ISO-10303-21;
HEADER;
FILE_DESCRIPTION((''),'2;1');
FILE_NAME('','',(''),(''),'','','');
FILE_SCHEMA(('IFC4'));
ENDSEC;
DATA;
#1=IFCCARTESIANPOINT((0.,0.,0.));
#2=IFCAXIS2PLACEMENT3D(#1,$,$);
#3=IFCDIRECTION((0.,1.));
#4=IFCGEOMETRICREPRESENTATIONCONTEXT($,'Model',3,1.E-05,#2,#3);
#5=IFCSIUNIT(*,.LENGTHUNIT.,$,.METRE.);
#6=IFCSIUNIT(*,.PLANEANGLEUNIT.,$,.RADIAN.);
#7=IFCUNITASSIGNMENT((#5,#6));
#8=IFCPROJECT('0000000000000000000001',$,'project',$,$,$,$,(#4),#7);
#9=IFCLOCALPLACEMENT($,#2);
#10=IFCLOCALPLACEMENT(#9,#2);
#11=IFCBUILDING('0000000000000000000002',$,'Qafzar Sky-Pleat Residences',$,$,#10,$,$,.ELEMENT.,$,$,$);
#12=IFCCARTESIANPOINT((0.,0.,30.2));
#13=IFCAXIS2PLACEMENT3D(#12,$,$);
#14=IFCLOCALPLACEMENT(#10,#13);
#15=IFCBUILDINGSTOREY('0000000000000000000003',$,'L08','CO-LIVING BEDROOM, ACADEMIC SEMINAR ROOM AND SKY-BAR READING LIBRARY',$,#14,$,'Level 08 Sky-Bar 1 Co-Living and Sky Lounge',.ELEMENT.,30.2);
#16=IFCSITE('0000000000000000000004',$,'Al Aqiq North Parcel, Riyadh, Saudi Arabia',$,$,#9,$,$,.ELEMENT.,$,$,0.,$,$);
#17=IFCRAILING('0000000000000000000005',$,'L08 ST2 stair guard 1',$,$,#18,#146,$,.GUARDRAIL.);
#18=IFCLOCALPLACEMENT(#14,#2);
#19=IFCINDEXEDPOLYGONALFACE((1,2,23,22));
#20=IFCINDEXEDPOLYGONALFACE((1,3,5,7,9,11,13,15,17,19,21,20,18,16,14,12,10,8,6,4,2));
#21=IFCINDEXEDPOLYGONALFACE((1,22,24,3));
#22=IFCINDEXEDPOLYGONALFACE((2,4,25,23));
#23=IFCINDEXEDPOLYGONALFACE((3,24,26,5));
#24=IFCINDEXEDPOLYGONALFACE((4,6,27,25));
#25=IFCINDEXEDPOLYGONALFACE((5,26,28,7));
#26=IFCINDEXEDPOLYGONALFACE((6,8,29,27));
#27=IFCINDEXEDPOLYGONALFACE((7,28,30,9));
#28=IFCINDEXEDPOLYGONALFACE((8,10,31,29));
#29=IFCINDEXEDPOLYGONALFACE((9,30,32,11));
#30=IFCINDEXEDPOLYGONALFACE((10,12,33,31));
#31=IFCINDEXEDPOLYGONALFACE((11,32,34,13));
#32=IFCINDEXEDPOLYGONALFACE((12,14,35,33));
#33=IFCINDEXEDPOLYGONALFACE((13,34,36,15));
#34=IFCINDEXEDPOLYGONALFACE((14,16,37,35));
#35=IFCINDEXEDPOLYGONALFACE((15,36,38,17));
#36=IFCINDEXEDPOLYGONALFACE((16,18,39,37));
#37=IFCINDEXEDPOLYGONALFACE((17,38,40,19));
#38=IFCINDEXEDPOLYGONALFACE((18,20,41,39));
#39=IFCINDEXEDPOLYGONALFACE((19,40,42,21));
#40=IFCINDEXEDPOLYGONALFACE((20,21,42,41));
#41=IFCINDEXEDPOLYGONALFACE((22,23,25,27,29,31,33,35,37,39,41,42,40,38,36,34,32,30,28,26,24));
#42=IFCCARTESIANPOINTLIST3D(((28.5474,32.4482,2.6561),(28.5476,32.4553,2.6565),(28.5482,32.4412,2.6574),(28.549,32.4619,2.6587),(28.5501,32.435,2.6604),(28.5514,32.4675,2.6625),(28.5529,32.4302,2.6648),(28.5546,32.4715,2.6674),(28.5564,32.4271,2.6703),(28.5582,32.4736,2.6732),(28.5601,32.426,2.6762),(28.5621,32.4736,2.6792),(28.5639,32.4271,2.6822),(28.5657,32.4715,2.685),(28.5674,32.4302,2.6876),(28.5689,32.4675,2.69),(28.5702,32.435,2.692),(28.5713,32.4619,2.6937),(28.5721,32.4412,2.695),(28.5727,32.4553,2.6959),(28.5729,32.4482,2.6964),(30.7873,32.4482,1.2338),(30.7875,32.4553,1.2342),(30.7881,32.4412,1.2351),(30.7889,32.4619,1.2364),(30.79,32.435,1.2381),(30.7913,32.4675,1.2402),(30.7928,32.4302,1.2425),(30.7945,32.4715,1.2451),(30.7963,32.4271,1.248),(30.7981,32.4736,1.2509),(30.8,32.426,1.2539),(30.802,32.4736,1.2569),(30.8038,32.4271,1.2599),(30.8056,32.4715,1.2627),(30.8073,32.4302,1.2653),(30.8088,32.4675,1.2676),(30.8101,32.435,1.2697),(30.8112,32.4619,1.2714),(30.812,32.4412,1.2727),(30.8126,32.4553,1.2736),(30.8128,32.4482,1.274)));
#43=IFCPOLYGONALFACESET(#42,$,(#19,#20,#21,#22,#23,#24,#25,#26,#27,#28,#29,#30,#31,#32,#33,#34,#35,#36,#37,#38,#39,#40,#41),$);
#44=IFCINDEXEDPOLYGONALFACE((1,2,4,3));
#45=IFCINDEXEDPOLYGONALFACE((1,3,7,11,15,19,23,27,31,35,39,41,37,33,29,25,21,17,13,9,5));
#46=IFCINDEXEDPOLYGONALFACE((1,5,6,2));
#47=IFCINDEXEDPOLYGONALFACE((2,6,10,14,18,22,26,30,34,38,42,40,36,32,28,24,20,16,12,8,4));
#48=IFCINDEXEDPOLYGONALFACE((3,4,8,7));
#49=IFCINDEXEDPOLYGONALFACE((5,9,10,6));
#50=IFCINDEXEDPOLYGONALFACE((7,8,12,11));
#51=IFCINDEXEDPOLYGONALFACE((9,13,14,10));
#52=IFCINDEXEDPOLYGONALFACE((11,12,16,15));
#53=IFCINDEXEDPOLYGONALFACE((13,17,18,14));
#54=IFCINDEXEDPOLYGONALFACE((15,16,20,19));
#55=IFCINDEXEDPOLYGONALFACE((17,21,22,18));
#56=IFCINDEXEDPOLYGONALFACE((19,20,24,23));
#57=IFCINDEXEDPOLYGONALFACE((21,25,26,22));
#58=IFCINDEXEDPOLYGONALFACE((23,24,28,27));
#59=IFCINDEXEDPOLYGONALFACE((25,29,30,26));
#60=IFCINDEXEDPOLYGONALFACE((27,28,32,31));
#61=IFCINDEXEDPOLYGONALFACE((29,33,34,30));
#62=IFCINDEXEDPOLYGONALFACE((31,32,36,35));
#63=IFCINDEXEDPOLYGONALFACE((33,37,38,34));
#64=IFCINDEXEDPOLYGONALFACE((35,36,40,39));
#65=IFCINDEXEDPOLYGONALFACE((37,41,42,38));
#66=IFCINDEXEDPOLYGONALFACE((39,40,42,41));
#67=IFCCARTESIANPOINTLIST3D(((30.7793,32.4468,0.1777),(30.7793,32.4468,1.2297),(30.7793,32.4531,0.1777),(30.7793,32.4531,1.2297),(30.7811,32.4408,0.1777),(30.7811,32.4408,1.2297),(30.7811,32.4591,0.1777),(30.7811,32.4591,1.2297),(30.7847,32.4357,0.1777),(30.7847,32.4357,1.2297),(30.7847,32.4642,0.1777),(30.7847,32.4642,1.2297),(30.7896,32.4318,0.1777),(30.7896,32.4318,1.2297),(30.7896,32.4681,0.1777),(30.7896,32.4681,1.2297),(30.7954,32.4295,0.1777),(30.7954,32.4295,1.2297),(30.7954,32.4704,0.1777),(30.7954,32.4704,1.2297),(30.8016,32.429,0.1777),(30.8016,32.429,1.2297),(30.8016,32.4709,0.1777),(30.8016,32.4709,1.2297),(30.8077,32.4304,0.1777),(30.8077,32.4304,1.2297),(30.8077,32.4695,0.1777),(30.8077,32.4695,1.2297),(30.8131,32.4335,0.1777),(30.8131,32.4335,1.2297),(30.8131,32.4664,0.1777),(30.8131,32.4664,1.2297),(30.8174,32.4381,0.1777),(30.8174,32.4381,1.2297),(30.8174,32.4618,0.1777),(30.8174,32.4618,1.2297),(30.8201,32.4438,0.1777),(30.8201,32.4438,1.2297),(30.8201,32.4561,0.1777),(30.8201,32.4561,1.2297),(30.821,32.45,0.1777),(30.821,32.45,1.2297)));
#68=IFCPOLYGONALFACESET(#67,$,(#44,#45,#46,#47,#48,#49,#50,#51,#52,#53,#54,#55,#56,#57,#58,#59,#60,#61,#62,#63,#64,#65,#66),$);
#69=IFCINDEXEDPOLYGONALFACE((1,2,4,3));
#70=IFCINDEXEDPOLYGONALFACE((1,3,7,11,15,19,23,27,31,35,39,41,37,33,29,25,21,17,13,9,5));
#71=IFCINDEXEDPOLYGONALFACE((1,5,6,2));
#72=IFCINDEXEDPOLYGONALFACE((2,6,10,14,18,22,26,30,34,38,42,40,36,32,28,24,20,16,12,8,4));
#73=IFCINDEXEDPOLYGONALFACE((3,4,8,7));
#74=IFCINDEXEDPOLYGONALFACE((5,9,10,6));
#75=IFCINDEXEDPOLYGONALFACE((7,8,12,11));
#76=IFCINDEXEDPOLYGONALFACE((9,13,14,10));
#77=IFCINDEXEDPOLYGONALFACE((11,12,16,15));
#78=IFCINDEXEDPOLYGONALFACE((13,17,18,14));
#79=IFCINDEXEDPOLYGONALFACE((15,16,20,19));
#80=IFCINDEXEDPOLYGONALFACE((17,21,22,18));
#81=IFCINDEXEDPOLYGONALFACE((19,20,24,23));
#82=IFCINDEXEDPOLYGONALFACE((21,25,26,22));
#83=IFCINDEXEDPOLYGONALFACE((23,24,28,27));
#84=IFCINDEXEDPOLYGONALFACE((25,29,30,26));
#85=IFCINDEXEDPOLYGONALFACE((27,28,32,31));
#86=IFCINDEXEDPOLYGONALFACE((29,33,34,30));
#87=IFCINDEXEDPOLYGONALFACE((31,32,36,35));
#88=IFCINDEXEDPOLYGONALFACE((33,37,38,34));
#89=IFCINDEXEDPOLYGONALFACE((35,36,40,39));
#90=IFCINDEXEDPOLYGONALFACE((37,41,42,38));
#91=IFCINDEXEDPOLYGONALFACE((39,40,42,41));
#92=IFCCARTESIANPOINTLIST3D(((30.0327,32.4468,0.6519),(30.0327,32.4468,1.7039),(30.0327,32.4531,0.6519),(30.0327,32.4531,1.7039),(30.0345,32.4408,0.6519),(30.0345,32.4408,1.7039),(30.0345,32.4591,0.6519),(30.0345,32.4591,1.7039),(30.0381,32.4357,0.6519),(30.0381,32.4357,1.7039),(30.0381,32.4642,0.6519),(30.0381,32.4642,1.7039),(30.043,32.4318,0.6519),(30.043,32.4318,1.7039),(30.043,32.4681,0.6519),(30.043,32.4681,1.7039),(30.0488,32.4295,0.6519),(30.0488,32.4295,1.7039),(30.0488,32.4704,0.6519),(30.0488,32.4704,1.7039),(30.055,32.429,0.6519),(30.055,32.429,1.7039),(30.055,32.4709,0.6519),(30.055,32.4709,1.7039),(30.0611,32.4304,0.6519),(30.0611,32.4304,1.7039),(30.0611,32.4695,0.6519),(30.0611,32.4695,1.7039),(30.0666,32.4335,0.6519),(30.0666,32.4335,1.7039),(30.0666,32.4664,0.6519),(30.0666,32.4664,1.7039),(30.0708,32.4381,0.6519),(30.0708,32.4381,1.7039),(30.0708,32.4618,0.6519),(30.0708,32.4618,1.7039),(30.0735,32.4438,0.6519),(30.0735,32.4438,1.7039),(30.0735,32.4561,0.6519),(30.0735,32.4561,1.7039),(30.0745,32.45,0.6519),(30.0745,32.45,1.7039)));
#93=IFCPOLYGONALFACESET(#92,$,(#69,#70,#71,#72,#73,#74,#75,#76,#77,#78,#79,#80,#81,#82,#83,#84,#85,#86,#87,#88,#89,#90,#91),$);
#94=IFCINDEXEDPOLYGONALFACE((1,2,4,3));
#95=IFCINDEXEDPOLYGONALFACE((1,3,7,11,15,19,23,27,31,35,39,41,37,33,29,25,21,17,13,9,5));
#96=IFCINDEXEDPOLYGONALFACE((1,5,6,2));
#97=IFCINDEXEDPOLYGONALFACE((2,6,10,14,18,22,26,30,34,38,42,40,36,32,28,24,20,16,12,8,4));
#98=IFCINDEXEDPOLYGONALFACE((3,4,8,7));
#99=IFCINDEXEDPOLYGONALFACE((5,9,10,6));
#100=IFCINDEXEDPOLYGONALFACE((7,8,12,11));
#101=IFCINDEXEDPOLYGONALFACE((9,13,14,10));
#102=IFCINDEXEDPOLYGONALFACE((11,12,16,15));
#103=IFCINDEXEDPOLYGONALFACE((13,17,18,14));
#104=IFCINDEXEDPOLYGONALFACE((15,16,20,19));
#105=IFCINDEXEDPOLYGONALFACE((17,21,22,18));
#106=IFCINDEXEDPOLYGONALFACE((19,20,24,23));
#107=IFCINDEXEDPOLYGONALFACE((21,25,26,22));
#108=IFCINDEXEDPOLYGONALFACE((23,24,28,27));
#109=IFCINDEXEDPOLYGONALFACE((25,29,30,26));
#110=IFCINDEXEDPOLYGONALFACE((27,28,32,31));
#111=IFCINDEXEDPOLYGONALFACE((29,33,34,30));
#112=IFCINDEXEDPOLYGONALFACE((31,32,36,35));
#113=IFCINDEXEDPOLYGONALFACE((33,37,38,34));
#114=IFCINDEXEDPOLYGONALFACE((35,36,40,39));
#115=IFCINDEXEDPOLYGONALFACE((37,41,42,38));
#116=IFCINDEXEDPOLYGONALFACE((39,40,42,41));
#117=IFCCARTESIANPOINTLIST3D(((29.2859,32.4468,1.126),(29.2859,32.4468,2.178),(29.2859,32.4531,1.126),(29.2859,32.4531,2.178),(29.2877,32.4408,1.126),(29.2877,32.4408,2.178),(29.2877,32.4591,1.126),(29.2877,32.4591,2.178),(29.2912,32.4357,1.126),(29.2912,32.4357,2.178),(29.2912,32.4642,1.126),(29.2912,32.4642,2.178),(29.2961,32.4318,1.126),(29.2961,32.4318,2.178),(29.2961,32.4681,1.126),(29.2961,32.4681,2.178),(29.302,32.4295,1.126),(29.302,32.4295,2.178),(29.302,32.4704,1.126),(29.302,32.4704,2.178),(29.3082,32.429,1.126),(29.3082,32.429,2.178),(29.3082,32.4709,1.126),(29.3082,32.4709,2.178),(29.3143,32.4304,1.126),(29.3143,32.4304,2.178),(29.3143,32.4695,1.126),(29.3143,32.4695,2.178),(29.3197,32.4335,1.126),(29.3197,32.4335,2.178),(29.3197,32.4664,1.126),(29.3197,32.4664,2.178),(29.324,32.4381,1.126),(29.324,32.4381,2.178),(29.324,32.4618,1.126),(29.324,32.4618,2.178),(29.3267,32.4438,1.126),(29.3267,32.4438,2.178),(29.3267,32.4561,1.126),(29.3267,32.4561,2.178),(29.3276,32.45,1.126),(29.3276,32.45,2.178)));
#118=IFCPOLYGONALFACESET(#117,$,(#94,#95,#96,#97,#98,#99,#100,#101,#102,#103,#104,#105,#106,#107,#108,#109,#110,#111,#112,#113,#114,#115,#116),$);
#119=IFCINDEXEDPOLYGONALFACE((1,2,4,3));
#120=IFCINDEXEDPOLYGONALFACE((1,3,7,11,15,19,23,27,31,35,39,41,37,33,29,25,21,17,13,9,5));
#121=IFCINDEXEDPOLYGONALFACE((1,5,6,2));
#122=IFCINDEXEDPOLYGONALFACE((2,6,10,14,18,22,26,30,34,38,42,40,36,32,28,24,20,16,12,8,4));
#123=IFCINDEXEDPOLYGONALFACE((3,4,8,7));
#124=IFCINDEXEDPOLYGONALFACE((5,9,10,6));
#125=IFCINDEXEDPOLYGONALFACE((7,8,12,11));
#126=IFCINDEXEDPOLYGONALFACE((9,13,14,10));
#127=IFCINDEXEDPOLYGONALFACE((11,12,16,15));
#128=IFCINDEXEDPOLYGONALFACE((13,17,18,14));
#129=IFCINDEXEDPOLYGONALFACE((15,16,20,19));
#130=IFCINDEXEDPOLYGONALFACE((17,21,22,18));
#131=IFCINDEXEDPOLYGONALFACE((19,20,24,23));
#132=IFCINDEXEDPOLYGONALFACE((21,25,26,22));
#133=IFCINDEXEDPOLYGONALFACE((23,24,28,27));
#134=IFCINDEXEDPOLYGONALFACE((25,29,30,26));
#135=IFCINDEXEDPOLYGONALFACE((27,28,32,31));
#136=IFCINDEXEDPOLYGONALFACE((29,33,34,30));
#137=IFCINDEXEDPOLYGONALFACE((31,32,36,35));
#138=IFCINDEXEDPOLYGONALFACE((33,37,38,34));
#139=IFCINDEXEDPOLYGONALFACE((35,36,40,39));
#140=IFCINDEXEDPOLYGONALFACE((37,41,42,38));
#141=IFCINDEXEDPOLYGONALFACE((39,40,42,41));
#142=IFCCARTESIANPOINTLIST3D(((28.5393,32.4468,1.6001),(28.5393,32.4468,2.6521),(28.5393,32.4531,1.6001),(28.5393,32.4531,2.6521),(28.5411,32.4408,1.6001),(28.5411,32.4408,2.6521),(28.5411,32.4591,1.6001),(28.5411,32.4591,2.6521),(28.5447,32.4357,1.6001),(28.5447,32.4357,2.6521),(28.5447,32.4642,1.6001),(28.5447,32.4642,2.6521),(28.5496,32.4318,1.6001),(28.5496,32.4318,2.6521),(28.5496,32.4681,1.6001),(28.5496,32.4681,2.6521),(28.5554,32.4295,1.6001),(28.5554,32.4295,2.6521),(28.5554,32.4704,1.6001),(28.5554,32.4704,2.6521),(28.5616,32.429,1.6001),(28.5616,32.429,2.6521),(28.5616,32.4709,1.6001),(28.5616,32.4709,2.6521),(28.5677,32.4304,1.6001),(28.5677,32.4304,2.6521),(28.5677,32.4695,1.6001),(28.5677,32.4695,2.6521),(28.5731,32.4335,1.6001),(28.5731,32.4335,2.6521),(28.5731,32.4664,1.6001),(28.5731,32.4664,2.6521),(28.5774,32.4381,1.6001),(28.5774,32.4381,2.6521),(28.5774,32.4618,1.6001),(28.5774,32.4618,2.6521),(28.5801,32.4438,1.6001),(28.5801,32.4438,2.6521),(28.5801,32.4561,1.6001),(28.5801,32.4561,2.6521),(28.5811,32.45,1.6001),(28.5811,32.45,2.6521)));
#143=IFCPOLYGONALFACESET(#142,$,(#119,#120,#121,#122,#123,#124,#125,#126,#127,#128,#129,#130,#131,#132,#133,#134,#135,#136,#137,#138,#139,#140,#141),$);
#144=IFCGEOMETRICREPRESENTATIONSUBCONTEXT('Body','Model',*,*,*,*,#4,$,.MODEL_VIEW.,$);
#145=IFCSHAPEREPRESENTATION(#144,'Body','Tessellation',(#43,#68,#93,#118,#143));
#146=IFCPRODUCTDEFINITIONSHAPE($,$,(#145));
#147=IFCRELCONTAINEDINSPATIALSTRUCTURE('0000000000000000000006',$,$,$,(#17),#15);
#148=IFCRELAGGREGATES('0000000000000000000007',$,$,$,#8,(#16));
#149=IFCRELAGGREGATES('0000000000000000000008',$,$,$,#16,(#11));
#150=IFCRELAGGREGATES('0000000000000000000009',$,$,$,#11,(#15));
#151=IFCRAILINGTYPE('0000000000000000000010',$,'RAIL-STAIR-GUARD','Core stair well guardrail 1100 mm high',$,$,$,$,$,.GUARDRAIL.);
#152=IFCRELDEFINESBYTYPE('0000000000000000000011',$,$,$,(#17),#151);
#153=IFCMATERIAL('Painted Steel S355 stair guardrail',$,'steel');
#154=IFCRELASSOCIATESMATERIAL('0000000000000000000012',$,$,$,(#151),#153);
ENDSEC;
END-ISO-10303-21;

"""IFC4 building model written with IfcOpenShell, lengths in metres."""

from ifc_helpers import new_model, si_unit, direction, frame, origin, origin_2d, place, context, subcontext, project, spatial, circle, extrude, source, transform, mapped, material, type_object, element, save


model = new_model("IFC4")

# Units and contexts
model_context = context("Model", 3, precision=1e-05, world=origin(), true_north=direction((0.0, 1.0)))
body_context = subcontext(model_context, "Body", "Model", "MODEL_VIEW")
ifc_project = project(units=[si_unit("LENGTHUNIT", "METRE"), si_unit("PLANEANGLEUNIT", "RADIAN")], contexts=[model_context])

# Site, building, storey
site_placement = place(None, origin())
site = spatial("IfcSite", under=ifc_project, at=site_placement, Name="Al Aqiq North Parcel, Riyadh, Saudi Arabia", CompositionType="ELEMENT", RefElevation=0.0)
building_placement = place(site_placement, origin())
building = spatial("IfcBuilding", under=site, at=building_placement, Name="Qafzar Sky-Pleat Residences", CompositionType="ELEMENT")
storey_placement = place(building_placement, frame((0.0, 0.0, 30.2)))
storey = spatial("IfcBuildingStorey", under=building, at=storey_placement, Name="L08", Description="CO-LIVING BEDROOM, ACADEMIC SEMINAR ROOM AND SKY-BAR READING LIBRARY", LongName="Level 08 Sky-Bar 1 Co-Living and Sky Lounge", CompositionType="ELEMENT", Elevation=30.2)

# Railing
ifc_material_1 = material(Name="Painted Steel S355 stair guardrail", Category="steel")
railing_type_1 = type_object("IfcRailingType", Name="RAIL-STAIR-GUARD", Description="Core stair well guardrail 1100 mm high", PredefinedType="GUARDRAIL", material=ifc_material_1)
shared_shape_1 = source(origin(), body_context, "Body", "SweptSolid", [
    extrude(circle(Radius=0.0239, at=origin_2d()), frame((0.0, 0.0, 1.0762), z_axis=(-0.844188, 0.0, 0.536048), x_axis=(0.0, -1.0, 0.0)), (0.0, 0.0, 1.0), 2.6533),
    extrude(circle(Radius=0.021, at=origin_2d()), origin(), (0.0, 0.0, 1.0), 1.052),
    extrude(circle(Radius=0.021, at=origin_2d()), frame((-0.7466, 0.0, 0.4741)), (0.0, 0.0, 1.0), 1.052),
    extrude(circle(Radius=0.021, at=origin_2d()), frame((-1.4934, 0.0, 0.9482)), (0.0, 0.0, 1.0), 1.052),
    extrude(circle(Radius=0.021, at=origin_2d()), frame((-2.24, 0.0, 1.4224)), (0.0, 0.0, 1.0), 1.052),
])
railing_1_placement = place(storey_placement, frame((30.8, 32.45, 0.1777)))
element("IfcRailing", 1, at=railing_1_placement, inside=storey, type_object=railing_type_1, Name="L08 ST2 stair guard 1", PredefinedType="GUARDRAIL", context=body_context, shape_type="MappedRepresentation", body=[
    mapped(shared_shape_1, transform((0.0, 0.0, 0.0), x_axis=(1.0, 0.0, 0.0), y_axis=(0.0, 1.0, 0.0), z_axis=(0.0, 0.0, 1.0), scale=1.0)),
])

save(model, "model.ifc")
